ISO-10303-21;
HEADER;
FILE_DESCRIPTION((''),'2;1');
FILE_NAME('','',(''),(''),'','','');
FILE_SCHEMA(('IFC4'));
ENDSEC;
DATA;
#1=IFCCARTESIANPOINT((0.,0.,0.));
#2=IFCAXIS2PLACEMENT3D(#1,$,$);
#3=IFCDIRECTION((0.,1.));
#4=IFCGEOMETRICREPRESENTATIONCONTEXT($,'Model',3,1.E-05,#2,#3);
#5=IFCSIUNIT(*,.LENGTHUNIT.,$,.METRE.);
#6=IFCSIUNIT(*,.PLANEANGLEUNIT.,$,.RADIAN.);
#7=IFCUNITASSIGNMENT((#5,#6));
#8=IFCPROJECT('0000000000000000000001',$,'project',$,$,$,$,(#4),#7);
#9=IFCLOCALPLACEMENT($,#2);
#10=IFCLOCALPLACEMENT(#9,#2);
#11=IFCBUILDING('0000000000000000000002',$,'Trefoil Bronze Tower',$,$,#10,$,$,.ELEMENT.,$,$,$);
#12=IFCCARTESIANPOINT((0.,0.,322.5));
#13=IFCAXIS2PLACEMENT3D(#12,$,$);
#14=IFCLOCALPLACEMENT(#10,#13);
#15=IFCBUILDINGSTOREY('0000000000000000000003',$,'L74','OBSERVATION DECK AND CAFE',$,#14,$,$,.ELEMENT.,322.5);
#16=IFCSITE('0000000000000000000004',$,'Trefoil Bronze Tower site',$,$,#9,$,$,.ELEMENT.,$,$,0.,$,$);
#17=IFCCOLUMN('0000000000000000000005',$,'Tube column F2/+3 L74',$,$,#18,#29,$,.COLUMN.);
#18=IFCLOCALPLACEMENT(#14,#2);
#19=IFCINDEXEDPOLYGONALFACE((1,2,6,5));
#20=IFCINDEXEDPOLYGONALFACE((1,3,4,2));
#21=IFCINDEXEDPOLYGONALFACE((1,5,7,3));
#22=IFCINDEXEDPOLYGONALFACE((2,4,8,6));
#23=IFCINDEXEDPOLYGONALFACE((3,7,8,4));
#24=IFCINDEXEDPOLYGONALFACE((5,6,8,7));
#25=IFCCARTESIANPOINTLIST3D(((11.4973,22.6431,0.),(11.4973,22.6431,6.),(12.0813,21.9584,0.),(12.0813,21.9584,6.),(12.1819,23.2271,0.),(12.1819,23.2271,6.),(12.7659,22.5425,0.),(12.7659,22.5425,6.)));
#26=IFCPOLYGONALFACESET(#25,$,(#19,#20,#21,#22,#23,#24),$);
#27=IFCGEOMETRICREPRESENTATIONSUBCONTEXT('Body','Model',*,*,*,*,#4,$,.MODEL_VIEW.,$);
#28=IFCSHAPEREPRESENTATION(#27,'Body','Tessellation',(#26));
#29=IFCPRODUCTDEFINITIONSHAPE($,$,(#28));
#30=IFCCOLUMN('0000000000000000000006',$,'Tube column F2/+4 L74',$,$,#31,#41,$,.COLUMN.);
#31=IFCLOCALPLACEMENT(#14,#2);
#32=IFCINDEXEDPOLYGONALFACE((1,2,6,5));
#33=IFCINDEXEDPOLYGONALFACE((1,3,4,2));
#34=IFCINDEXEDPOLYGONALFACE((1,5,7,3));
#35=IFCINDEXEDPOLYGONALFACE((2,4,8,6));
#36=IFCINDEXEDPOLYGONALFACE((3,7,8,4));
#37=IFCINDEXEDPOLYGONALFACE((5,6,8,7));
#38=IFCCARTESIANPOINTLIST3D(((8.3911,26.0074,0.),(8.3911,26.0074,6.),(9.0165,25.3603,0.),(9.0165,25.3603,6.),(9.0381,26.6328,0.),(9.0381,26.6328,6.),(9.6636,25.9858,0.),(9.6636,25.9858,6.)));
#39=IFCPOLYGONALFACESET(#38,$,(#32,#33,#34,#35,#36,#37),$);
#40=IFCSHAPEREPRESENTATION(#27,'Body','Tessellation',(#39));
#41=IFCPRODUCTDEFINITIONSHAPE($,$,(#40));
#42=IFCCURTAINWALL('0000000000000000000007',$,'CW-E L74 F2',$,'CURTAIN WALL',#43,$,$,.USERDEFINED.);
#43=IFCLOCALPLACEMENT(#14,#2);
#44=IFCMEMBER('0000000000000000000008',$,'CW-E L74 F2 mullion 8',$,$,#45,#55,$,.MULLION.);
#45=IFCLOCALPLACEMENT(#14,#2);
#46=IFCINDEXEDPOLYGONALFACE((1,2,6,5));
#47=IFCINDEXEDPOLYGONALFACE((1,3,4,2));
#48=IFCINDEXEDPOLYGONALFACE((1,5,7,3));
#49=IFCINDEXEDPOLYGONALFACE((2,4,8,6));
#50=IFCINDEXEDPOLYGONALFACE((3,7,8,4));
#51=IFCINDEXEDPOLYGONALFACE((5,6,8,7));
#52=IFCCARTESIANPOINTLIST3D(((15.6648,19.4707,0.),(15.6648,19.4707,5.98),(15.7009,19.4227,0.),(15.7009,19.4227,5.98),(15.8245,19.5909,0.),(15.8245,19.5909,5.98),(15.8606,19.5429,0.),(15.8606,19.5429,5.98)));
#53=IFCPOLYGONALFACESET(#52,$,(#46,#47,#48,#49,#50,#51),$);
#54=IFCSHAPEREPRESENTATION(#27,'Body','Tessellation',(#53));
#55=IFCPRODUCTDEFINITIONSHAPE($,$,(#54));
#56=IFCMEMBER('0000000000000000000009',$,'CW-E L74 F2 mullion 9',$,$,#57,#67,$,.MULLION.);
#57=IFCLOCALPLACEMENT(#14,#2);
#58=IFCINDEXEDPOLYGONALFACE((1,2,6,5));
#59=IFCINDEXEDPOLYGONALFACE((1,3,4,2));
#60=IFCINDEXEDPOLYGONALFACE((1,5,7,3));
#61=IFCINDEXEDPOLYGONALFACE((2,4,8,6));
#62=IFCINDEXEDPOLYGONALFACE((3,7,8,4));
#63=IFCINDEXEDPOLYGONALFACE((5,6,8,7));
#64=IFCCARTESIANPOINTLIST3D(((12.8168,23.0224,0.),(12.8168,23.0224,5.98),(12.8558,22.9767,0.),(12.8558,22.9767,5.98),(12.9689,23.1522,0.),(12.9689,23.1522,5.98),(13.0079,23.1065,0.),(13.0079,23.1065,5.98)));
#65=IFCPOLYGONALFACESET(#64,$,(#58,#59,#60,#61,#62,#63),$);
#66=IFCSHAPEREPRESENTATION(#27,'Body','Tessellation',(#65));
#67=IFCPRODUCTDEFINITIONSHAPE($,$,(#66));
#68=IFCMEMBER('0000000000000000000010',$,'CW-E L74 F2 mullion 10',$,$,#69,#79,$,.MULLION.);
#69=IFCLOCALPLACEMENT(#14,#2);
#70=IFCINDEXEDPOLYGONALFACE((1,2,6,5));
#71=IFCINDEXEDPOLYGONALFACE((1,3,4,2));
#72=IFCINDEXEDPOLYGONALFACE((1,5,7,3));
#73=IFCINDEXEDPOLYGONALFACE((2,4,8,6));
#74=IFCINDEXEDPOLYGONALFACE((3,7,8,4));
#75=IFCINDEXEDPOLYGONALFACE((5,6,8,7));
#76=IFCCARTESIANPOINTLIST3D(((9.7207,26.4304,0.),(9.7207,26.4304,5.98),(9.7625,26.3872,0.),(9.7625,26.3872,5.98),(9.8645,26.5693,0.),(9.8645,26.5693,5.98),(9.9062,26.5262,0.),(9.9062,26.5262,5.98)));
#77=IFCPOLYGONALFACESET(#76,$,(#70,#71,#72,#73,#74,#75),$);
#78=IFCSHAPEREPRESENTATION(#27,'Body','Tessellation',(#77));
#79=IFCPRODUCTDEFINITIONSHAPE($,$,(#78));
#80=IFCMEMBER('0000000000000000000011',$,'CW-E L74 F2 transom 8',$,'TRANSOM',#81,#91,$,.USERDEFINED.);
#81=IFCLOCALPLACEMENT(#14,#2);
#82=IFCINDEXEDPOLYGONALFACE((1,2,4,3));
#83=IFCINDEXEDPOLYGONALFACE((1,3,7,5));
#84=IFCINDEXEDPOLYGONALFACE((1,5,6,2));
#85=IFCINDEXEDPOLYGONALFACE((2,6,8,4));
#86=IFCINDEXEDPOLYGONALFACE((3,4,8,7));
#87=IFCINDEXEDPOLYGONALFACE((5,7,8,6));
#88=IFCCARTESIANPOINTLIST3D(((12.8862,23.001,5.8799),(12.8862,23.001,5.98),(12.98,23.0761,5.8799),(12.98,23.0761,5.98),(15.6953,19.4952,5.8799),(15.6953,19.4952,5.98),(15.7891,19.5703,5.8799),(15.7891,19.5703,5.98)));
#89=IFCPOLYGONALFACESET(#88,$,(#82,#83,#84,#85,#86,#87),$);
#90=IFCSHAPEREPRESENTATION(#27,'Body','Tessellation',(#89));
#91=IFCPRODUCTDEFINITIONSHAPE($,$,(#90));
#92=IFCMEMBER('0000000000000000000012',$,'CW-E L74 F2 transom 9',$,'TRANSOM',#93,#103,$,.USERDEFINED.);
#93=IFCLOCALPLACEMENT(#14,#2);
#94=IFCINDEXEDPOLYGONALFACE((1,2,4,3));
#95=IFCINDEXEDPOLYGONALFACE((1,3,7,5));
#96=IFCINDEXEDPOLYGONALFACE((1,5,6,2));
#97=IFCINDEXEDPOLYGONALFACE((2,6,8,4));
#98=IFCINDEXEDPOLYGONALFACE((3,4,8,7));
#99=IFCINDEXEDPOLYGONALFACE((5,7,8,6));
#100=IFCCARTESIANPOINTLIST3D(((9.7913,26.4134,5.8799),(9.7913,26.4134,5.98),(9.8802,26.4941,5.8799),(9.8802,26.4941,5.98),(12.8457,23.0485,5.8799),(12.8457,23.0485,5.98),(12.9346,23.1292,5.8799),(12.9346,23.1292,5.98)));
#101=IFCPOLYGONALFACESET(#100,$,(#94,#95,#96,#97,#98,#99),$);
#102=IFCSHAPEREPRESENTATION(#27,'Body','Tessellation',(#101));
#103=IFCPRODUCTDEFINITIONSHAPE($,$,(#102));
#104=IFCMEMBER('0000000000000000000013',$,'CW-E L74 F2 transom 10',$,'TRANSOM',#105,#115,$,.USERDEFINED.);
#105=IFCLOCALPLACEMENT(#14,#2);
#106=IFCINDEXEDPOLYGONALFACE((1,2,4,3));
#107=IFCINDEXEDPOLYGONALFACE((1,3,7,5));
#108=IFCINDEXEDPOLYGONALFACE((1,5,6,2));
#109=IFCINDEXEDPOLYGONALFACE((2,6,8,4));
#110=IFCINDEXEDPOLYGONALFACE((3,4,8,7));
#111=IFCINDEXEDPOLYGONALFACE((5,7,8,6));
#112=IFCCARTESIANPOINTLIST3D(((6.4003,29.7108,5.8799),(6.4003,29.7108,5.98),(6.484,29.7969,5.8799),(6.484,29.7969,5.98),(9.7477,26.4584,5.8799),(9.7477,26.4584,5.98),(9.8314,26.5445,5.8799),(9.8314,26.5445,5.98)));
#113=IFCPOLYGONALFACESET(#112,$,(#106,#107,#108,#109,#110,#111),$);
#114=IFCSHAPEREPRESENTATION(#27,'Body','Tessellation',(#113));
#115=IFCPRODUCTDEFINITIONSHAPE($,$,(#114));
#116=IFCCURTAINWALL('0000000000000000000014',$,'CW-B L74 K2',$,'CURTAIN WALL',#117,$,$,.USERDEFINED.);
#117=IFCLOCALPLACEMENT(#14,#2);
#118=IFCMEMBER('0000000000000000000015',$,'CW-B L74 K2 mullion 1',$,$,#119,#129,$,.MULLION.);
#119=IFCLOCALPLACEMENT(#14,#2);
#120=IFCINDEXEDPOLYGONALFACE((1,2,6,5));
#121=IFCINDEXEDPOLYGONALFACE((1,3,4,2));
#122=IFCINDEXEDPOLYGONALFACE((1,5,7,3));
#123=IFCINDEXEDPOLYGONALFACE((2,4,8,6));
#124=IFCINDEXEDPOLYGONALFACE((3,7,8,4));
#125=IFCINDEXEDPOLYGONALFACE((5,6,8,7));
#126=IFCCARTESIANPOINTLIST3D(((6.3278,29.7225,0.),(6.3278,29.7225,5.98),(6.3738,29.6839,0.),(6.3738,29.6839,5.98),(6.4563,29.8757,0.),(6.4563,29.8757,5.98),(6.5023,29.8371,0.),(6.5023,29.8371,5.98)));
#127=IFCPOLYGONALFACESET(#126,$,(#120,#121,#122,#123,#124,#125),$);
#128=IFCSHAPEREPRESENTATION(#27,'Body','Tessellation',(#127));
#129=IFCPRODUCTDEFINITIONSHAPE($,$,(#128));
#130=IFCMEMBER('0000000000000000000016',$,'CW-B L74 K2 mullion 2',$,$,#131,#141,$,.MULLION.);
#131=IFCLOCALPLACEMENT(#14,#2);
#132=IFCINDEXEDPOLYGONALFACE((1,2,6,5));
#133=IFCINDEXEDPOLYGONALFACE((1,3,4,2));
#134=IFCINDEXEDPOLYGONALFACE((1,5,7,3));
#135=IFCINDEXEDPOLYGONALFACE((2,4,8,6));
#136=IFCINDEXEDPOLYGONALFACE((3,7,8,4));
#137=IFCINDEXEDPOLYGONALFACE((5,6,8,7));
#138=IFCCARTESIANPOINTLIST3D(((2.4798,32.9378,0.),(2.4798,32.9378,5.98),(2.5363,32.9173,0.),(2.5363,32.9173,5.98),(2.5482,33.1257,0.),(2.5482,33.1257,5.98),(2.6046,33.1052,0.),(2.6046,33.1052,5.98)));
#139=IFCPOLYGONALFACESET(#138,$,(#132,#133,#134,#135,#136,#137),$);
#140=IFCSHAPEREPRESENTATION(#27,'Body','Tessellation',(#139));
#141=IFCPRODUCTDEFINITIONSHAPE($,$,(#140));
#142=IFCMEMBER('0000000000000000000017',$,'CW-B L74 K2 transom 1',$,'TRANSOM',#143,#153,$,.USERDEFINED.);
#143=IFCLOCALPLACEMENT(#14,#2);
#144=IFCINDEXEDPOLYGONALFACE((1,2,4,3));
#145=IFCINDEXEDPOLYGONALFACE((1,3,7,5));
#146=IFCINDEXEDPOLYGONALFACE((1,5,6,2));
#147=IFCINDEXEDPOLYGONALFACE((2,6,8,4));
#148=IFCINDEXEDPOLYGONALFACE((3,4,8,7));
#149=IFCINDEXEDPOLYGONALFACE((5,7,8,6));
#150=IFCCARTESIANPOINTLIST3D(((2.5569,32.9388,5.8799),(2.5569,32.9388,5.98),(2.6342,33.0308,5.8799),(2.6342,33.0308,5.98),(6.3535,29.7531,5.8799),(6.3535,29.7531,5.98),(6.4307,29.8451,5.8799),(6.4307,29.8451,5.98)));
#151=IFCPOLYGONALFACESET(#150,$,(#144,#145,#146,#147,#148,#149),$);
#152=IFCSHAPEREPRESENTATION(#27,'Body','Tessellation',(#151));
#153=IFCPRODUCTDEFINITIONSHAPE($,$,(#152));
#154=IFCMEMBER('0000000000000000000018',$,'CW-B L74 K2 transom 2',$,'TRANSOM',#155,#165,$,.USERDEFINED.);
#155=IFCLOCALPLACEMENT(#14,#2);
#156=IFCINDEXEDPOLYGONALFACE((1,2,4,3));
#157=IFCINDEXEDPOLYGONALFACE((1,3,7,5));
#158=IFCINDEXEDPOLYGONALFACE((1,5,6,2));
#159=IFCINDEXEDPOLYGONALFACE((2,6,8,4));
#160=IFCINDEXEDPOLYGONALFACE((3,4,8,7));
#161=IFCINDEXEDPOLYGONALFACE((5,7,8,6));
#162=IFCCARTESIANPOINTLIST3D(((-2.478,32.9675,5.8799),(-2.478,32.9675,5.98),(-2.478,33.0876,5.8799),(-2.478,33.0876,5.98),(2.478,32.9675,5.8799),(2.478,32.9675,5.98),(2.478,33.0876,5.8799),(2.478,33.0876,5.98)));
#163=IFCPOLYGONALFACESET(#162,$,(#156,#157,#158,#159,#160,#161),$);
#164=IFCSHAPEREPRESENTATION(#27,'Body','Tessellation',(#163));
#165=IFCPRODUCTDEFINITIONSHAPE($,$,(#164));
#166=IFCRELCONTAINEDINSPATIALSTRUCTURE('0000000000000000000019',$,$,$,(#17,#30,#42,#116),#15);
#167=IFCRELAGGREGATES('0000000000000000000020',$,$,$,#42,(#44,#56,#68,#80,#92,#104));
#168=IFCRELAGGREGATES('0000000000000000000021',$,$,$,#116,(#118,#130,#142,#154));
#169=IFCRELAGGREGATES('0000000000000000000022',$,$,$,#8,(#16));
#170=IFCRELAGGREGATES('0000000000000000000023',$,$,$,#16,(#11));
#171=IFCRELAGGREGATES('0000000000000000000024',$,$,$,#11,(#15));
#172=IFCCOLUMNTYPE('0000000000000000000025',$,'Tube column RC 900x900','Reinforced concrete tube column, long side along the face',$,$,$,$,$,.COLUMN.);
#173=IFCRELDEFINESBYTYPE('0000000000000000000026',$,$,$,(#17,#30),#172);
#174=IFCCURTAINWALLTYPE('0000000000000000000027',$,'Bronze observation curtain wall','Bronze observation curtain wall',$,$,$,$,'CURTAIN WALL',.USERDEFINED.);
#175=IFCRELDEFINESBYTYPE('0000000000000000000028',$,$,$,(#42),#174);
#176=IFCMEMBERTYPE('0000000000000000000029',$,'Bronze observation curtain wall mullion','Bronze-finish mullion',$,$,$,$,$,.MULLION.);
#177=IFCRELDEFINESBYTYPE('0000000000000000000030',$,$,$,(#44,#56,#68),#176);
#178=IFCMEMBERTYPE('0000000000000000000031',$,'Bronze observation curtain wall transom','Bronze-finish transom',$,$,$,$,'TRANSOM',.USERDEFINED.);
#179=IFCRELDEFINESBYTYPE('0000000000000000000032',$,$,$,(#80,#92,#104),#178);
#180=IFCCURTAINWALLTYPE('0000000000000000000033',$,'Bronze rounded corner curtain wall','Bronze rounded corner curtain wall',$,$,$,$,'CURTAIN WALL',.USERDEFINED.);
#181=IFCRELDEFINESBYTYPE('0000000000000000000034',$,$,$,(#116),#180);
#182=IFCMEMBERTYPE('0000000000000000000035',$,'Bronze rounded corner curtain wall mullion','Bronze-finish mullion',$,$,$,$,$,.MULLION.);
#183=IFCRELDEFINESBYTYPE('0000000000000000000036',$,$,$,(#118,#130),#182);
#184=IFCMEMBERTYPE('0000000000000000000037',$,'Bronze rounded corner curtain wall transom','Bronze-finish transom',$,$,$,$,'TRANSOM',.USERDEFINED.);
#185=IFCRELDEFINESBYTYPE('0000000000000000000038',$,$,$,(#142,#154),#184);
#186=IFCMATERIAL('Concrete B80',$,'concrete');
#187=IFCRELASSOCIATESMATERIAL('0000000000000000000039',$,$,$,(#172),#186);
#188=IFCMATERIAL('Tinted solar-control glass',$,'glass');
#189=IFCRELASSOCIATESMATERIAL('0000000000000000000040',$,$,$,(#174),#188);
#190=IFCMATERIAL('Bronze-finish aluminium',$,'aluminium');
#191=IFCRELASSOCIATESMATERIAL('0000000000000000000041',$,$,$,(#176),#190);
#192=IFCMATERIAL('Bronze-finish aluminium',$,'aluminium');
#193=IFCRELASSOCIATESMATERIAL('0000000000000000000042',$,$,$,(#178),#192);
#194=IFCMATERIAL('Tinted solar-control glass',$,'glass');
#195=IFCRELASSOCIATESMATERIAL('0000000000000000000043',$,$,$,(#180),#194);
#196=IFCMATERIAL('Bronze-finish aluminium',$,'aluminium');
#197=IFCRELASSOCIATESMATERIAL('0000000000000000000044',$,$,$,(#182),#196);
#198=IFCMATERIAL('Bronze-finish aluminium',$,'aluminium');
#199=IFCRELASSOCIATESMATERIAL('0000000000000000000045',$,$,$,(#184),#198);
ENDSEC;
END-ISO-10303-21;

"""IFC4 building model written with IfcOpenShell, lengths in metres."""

from ifc_helpers import new_model, si_unit, direction, frame, origin, origin_2d, place, context, subcontext, project, spatial, rectangle, extrude, material, material_profile, profile_set, type_object, element, aggregate, save


model = new_model("IFC4")

# Units and contexts
model_context = context("Model", 3, precision=1e-05, world=origin(), true_north=direction((0.0, 1.0)))
body_context = subcontext(model_context, "Body", "Model", "MODEL_VIEW")
ifc_project = project(units=[si_unit("LENGTHUNIT", "METRE"), si_unit("PLANEANGLEUNIT", "RADIAN")], contexts=[model_context])

# Site, building, storey
site_placement = place(None, origin())
site = spatial("IfcSite", under=ifc_project, at=site_placement, Name="Trefoil Bronze Tower site", CompositionType="ELEMENT", RefElevation=0.0)
building_placement = place(site_placement, origin())
building = spatial("IfcBuilding", under=site, at=building_placement, Name="Trefoil Bronze Tower", CompositionType="ELEMENT")
storey_placement = place(building_placement, frame((0.0, 0.0, 322.5)))
storey = spatial("IfcBuildingStorey", under=building, at=storey_placement, Name="L74", Description="OBSERVATION DECK AND CAFE", CompositionType="ELEMENT", Elevation=322.5)

# Columns
ifc_material_1 = material(Name="Concrete B80", Category="concrete")
ifc_material_profile_1 = material_profile(ifc_material_1, rectangle(XDim=0.8999, YDim=0.8999, at=origin_2d()), Name="RC 900x900")
ifc_profile_set_1 = profile_set([ifc_material_profile_1], Name="Concrete B80")
column_type = type_object("IfcColumnType", Name="Tube column RC 900x900", Description="Reinforced concrete tube column, long side along the face", PredefinedType="COLUMN", material=ifc_profile_set_1)
for number, where, z_axis, x_axis, name in (
    (1, (12.1316, 22.5928, 0.0), (0.0, 0.0, 1.0), (-0.649008, 0.760781, 0.0), "Tube column F2/+3 L74"),
    (2, (9.0273, 25.9966, 0.0), (0.0, 0.0, 1.0), (-0.695009, 0.719001, 0.0), "Tube column F2/+4 L74"),
):
    element("IfcColumn", number, at=place(storey_placement, frame(where, z_axis=z_axis, x_axis=x_axis)), inside=storey, type_object=column_type, Name=name, PredefinedType="COLUMN", context=body_context, shape_type="SweptSolid", body=[
        extrude(rectangle(XDim=0.8999, YDim=0.8999, at=origin_2d()), origin(), (0.0, 0.0, 1.0), 6.0),
    ])

# Curtain walls, members
ifc_material_2 = material(Name="Tinted solar-control glass", Category="glass")
curtain_wall_type_1 = type_object("IfcCurtainWallType", Name="Bronze observation curtain wall", Description="Bronze observation curtain wall", ElementType="CURTAIN WALL", PredefinedType="USERDEFINED", material=ifc_material_2)
curtain_wall_1_placement = place(storey_placement, origin())
curtain_wall_1 = element("IfcCurtainWall", 3, at=curtain_wall_1_placement, inside=storey, type_object=curtain_wall_type_1, Name="CW-E L74 F2", ObjectType="CURTAIN WALL", PredefinedType="USERDEFINED")
ifc_material_3 = material(Name="Bronze-finish aluminium", Category="aluminium")
ifc_material_profile_2 = material_profile(ifc_material_3, rectangle(XDim=0.2, YDim=0.0601, at=origin_2d()), Name="CW-E mullion")
ifc_profile_set_2 = profile_set([ifc_material_profile_2], Name="Bronze-finish aluminium")
member_type_1 = type_object("IfcMemberType", Name="Bronze observation curtain wall mullion", Description="Bronze-finish mullion", PredefinedType="MULLION", material=ifc_profile_set_2)
member_1_placement = place(storey_placement, frame((15.7627, 19.5068, 0.0), z_axis=(0.0, 0.0, 1.0), x_axis=(-0.799096, -0.601203, 0.0)))
member_1 = element("IfcMember", 4, at=member_1_placement, type_object=member_type_1, Name="CW-E L74 F2 mullion 8", PredefinedType="MULLION", context=body_context, shape_type="SweptSolid", body=[
    extrude(rectangle(XDim=0.2, YDim=0.0601, at=origin_2d()), origin(), (0.0, 0.0, 1.0), 5.98),
])
member_2_placement = place(storey_placement, frame((12.9124, 23.0645, 0.0), z_axis=(0.0, 0.0, 1.0), x_axis=(-0.760781, -0.649008, 0.0)))
member_2 = element("IfcMember", 5, at=member_2_placement, type_object=member_type_1, Name="CW-E L74 F2 mullion 9", PredefinedType="MULLION", context=body_context, shape_type="SweptSolid", body=[
    extrude(rectangle(XDim=0.2, YDim=0.0601, at=origin_2d()), origin(), (0.0, 0.0, 1.0), 5.98),
])
member_3_placement = place(storey_placement, frame((9.8135, 26.4783, 0.0), z_axis=(0.0, 0.0, 1.0), x_axis=(-0.719001, -0.695009, 0.0)))
member_3 = element("IfcMember", 6, at=member_3_placement, type_object=member_type_1, Name="CW-E L74 F2 mullion 10", PredefinedType="MULLION", context=body_context, shape_type="SweptSolid", body=[
    extrude(rectangle(XDim=0.2, YDim=0.0601, at=origin_2d()), origin(), (0.0, 0.0, 1.0), 5.98),
])
ifc_material_4 = material(Name="Bronze-finish aluminium", Category="aluminium")
ifc_material_profile_3 = material_profile(ifc_material_4, rectangle(XDim=0.1201, YDim=0.1001, at=origin_2d()), Name="CW-E transom")
ifc_profile_set_3 = profile_set([ifc_material_profile_3], Name="Bronze-finish aluminium")
member_type_2 = type_object("IfcMemberType", Name="Bronze observation curtain wall transom", Description="Bronze-finish transom", ElementType="TRANSOM", PredefinedType="USERDEFINED", material=ifc_profile_set_3)
member_4_placement = place(storey_placement, frame((15.7422, 19.5327, 5.9299), z_axis=(-0.625291, 0.780391, 0.0), x_axis=(-0.780391, -0.625291, 0.0)))
member_4 = element("IfcMember", 7, at=member_4_placement, type_object=member_type_2, Name="CW-E L74 F2 transom 8", ObjectType="TRANSOM", PredefinedType="USERDEFINED", context=body_context, shape_type="SweptSolid", body=[
    extrude(rectangle(XDim=0.1201, YDim=0.1001, at=origin_2d()), origin(), (0.0, 0.0, 1.0), 4.4924),
])
member_5_placement = place(storey_placement, frame((12.8901, 23.0889, 5.9299), z_axis=(-0.672114, 0.740448, 0.0), x_axis=(-0.740448, -0.672114, 0.0)))
member_5 = element("IfcMember", 8, at=member_5_placement, type_object=member_type_2, Name="CW-E L74 F2 transom 9", ObjectType="TRANSOM", PredefinedType="USERDEFINED", context=body_context, shape_type="SweptSolid", body=[
    extrude(rectangle(XDim=0.1201, YDim=0.1001, at=origin_2d()), origin(), (0.0, 0.0, 1.0), 4.5444),
])
member_6_placement = place(storey_placement, frame((9.7896, 26.5015, 5.9299), z_axis=(-0.717208, 0.696859, 0.0), x_axis=(-0.696859, -0.717208, 0.0)))
member_6 = element("IfcMember", 9, at=member_6_placement, type_object=member_type_2, Name="CW-E L74 F2 transom 10", ObjectType="TRANSOM", PredefinedType="USERDEFINED", context=body_context, shape_type="SweptSolid", body=[
    extrude(rectangle(XDim=0.1201, YDim=0.1001, at=origin_2d()), origin(), (0.0, 0.0, 1.0), 4.6672),
])
ifc_material_5 = material(Name="Tinted solar-control glass", Category="glass")
curtain_wall_type_2 = type_object("IfcCurtainWallType", Name="Bronze rounded corner curtain wall", Description="Bronze rounded corner curtain wall", ElementType="CURTAIN WALL", PredefinedType="USERDEFINED", material=ifc_material_5)
curtain_wall_2_placement = place(storey_placement, origin())
curtain_wall_2 = element("IfcCurtainWall", 10, at=curtain_wall_2_placement, inside=storey, type_object=curtain_wall_type_2, Name="CW-B L74 K2", ObjectType="CURTAIN WALL", PredefinedType="USERDEFINED")
ifc_material_6 = material(Name="Bronze-finish aluminium", Category="aluminium")
ifc_material_profile_4 = material_profile(ifc_material_6, rectangle(XDim=0.2, YDim=0.0601, at=origin_2d()), Name="CW-B mullion")
ifc_profile_set_4 = profile_set([ifc_material_profile_4], Name="Bronze-finish aluminium")
member_type_3 = type_object("IfcMemberType", Name="Bronze rounded corner curtain wall mullion", Description="Bronze-finish mullion", PredefinedType="MULLION", material=ifc_profile_set_4)
member_7_placement = place(storey_placement, frame((6.415, 29.7798, 0.0), z_axis=(0.0, 0.0, 1.0), x_axis=(-0.642788, -0.766044, 0.0)))
member_7 = element("IfcMember", 11, at=member_7_placement, type_object=member_type_3, Name="CW-B L74 K2 mullion 1", PredefinedType="MULLION", context=body_context, shape_type="SweptSolid", body=[
    extrude(rectangle(XDim=0.2, YDim=0.0601, at=origin_2d()), origin(), (0.0, 0.0, 1.0), 5.98),
])
member_8_placement = place(storey_placement, frame((2.5422, 33.0215, 0.0), z_axis=(0.0, 0.0, 1.0), x_axis=(-0.34202, -0.939693, 0.0)))
member_8 = element("IfcMember", 12, at=member_8_placement, type_object=member_type_3, Name="CW-B L74 K2 mullion 2", PredefinedType="MULLION", context=body_context, shape_type="SweptSolid", body=[
    extrude(rectangle(XDim=0.2, YDim=0.0601, at=origin_2d()), origin(), (0.0, 0.0, 1.0), 5.98),
])
ifc_material_7 = material(Name="Bronze-finish aluminium", Category="aluminium")
ifc_material_profile_5 = material_profile(ifc_material_7, rectangle(XDim=0.1201, YDim=0.1001, at=origin_2d()), Name="CW-B transom")
ifc_profile_set_5 = profile_set([ifc_material_profile_5], Name="Bronze-finish aluminium")
member_type_4 = type_object("IfcMemberType", Name="Bronze rounded corner curtain wall transom", Description="Bronze-finish transom", ElementType="TRANSOM", PredefinedType="USERDEFINED", material=ifc_profile_set_5)
member_9_placement = place(storey_placement, frame((6.3921, 29.7991, 5.9299), z_axis=(-0.766041, 0.642792, 0.0), x_axis=(-0.642792, -0.766041, 0.0)))
member_9 = element("IfcMember", 13, at=member_9_placement, type_object=member_type_4, Name="CW-B L74 K2 transom 1", ObjectType="TRANSOM", PredefinedType="USERDEFINED", context=body_context, shape_type="SweptSolid", body=[
    extrude(rectangle(XDim=0.1201, YDim=0.1001, at=origin_2d()), origin(), (0.0, 0.0, 1.0), 4.9561),
])
member_10_placement = place(storey_placement, frame((2.478, 33.0276, 5.9299), z_axis=(-1.0, 0.0, 0.0), x_axis=(0.0, -1.0, 0.0)))
member_10 = element("IfcMember", 14, at=member_10_placement, type_object=member_type_4, Name="CW-B L74 K2 transom 2", ObjectType="TRANSOM", PredefinedType="USERDEFINED", context=body_context, shape_type="SweptSolid", body=[
    extrude(rectangle(XDim=0.1201, YDim=0.1001, at=origin_2d()), origin(), (0.0, 0.0, 1.0), 4.9561),
])

aggregate(curtain_wall_1, [member_1, member_2, member_3, member_4, member_5, member_6])
aggregate(curtain_wall_2, [member_7, member_8, member_9, member_10])

save(model, "model.ifc")
